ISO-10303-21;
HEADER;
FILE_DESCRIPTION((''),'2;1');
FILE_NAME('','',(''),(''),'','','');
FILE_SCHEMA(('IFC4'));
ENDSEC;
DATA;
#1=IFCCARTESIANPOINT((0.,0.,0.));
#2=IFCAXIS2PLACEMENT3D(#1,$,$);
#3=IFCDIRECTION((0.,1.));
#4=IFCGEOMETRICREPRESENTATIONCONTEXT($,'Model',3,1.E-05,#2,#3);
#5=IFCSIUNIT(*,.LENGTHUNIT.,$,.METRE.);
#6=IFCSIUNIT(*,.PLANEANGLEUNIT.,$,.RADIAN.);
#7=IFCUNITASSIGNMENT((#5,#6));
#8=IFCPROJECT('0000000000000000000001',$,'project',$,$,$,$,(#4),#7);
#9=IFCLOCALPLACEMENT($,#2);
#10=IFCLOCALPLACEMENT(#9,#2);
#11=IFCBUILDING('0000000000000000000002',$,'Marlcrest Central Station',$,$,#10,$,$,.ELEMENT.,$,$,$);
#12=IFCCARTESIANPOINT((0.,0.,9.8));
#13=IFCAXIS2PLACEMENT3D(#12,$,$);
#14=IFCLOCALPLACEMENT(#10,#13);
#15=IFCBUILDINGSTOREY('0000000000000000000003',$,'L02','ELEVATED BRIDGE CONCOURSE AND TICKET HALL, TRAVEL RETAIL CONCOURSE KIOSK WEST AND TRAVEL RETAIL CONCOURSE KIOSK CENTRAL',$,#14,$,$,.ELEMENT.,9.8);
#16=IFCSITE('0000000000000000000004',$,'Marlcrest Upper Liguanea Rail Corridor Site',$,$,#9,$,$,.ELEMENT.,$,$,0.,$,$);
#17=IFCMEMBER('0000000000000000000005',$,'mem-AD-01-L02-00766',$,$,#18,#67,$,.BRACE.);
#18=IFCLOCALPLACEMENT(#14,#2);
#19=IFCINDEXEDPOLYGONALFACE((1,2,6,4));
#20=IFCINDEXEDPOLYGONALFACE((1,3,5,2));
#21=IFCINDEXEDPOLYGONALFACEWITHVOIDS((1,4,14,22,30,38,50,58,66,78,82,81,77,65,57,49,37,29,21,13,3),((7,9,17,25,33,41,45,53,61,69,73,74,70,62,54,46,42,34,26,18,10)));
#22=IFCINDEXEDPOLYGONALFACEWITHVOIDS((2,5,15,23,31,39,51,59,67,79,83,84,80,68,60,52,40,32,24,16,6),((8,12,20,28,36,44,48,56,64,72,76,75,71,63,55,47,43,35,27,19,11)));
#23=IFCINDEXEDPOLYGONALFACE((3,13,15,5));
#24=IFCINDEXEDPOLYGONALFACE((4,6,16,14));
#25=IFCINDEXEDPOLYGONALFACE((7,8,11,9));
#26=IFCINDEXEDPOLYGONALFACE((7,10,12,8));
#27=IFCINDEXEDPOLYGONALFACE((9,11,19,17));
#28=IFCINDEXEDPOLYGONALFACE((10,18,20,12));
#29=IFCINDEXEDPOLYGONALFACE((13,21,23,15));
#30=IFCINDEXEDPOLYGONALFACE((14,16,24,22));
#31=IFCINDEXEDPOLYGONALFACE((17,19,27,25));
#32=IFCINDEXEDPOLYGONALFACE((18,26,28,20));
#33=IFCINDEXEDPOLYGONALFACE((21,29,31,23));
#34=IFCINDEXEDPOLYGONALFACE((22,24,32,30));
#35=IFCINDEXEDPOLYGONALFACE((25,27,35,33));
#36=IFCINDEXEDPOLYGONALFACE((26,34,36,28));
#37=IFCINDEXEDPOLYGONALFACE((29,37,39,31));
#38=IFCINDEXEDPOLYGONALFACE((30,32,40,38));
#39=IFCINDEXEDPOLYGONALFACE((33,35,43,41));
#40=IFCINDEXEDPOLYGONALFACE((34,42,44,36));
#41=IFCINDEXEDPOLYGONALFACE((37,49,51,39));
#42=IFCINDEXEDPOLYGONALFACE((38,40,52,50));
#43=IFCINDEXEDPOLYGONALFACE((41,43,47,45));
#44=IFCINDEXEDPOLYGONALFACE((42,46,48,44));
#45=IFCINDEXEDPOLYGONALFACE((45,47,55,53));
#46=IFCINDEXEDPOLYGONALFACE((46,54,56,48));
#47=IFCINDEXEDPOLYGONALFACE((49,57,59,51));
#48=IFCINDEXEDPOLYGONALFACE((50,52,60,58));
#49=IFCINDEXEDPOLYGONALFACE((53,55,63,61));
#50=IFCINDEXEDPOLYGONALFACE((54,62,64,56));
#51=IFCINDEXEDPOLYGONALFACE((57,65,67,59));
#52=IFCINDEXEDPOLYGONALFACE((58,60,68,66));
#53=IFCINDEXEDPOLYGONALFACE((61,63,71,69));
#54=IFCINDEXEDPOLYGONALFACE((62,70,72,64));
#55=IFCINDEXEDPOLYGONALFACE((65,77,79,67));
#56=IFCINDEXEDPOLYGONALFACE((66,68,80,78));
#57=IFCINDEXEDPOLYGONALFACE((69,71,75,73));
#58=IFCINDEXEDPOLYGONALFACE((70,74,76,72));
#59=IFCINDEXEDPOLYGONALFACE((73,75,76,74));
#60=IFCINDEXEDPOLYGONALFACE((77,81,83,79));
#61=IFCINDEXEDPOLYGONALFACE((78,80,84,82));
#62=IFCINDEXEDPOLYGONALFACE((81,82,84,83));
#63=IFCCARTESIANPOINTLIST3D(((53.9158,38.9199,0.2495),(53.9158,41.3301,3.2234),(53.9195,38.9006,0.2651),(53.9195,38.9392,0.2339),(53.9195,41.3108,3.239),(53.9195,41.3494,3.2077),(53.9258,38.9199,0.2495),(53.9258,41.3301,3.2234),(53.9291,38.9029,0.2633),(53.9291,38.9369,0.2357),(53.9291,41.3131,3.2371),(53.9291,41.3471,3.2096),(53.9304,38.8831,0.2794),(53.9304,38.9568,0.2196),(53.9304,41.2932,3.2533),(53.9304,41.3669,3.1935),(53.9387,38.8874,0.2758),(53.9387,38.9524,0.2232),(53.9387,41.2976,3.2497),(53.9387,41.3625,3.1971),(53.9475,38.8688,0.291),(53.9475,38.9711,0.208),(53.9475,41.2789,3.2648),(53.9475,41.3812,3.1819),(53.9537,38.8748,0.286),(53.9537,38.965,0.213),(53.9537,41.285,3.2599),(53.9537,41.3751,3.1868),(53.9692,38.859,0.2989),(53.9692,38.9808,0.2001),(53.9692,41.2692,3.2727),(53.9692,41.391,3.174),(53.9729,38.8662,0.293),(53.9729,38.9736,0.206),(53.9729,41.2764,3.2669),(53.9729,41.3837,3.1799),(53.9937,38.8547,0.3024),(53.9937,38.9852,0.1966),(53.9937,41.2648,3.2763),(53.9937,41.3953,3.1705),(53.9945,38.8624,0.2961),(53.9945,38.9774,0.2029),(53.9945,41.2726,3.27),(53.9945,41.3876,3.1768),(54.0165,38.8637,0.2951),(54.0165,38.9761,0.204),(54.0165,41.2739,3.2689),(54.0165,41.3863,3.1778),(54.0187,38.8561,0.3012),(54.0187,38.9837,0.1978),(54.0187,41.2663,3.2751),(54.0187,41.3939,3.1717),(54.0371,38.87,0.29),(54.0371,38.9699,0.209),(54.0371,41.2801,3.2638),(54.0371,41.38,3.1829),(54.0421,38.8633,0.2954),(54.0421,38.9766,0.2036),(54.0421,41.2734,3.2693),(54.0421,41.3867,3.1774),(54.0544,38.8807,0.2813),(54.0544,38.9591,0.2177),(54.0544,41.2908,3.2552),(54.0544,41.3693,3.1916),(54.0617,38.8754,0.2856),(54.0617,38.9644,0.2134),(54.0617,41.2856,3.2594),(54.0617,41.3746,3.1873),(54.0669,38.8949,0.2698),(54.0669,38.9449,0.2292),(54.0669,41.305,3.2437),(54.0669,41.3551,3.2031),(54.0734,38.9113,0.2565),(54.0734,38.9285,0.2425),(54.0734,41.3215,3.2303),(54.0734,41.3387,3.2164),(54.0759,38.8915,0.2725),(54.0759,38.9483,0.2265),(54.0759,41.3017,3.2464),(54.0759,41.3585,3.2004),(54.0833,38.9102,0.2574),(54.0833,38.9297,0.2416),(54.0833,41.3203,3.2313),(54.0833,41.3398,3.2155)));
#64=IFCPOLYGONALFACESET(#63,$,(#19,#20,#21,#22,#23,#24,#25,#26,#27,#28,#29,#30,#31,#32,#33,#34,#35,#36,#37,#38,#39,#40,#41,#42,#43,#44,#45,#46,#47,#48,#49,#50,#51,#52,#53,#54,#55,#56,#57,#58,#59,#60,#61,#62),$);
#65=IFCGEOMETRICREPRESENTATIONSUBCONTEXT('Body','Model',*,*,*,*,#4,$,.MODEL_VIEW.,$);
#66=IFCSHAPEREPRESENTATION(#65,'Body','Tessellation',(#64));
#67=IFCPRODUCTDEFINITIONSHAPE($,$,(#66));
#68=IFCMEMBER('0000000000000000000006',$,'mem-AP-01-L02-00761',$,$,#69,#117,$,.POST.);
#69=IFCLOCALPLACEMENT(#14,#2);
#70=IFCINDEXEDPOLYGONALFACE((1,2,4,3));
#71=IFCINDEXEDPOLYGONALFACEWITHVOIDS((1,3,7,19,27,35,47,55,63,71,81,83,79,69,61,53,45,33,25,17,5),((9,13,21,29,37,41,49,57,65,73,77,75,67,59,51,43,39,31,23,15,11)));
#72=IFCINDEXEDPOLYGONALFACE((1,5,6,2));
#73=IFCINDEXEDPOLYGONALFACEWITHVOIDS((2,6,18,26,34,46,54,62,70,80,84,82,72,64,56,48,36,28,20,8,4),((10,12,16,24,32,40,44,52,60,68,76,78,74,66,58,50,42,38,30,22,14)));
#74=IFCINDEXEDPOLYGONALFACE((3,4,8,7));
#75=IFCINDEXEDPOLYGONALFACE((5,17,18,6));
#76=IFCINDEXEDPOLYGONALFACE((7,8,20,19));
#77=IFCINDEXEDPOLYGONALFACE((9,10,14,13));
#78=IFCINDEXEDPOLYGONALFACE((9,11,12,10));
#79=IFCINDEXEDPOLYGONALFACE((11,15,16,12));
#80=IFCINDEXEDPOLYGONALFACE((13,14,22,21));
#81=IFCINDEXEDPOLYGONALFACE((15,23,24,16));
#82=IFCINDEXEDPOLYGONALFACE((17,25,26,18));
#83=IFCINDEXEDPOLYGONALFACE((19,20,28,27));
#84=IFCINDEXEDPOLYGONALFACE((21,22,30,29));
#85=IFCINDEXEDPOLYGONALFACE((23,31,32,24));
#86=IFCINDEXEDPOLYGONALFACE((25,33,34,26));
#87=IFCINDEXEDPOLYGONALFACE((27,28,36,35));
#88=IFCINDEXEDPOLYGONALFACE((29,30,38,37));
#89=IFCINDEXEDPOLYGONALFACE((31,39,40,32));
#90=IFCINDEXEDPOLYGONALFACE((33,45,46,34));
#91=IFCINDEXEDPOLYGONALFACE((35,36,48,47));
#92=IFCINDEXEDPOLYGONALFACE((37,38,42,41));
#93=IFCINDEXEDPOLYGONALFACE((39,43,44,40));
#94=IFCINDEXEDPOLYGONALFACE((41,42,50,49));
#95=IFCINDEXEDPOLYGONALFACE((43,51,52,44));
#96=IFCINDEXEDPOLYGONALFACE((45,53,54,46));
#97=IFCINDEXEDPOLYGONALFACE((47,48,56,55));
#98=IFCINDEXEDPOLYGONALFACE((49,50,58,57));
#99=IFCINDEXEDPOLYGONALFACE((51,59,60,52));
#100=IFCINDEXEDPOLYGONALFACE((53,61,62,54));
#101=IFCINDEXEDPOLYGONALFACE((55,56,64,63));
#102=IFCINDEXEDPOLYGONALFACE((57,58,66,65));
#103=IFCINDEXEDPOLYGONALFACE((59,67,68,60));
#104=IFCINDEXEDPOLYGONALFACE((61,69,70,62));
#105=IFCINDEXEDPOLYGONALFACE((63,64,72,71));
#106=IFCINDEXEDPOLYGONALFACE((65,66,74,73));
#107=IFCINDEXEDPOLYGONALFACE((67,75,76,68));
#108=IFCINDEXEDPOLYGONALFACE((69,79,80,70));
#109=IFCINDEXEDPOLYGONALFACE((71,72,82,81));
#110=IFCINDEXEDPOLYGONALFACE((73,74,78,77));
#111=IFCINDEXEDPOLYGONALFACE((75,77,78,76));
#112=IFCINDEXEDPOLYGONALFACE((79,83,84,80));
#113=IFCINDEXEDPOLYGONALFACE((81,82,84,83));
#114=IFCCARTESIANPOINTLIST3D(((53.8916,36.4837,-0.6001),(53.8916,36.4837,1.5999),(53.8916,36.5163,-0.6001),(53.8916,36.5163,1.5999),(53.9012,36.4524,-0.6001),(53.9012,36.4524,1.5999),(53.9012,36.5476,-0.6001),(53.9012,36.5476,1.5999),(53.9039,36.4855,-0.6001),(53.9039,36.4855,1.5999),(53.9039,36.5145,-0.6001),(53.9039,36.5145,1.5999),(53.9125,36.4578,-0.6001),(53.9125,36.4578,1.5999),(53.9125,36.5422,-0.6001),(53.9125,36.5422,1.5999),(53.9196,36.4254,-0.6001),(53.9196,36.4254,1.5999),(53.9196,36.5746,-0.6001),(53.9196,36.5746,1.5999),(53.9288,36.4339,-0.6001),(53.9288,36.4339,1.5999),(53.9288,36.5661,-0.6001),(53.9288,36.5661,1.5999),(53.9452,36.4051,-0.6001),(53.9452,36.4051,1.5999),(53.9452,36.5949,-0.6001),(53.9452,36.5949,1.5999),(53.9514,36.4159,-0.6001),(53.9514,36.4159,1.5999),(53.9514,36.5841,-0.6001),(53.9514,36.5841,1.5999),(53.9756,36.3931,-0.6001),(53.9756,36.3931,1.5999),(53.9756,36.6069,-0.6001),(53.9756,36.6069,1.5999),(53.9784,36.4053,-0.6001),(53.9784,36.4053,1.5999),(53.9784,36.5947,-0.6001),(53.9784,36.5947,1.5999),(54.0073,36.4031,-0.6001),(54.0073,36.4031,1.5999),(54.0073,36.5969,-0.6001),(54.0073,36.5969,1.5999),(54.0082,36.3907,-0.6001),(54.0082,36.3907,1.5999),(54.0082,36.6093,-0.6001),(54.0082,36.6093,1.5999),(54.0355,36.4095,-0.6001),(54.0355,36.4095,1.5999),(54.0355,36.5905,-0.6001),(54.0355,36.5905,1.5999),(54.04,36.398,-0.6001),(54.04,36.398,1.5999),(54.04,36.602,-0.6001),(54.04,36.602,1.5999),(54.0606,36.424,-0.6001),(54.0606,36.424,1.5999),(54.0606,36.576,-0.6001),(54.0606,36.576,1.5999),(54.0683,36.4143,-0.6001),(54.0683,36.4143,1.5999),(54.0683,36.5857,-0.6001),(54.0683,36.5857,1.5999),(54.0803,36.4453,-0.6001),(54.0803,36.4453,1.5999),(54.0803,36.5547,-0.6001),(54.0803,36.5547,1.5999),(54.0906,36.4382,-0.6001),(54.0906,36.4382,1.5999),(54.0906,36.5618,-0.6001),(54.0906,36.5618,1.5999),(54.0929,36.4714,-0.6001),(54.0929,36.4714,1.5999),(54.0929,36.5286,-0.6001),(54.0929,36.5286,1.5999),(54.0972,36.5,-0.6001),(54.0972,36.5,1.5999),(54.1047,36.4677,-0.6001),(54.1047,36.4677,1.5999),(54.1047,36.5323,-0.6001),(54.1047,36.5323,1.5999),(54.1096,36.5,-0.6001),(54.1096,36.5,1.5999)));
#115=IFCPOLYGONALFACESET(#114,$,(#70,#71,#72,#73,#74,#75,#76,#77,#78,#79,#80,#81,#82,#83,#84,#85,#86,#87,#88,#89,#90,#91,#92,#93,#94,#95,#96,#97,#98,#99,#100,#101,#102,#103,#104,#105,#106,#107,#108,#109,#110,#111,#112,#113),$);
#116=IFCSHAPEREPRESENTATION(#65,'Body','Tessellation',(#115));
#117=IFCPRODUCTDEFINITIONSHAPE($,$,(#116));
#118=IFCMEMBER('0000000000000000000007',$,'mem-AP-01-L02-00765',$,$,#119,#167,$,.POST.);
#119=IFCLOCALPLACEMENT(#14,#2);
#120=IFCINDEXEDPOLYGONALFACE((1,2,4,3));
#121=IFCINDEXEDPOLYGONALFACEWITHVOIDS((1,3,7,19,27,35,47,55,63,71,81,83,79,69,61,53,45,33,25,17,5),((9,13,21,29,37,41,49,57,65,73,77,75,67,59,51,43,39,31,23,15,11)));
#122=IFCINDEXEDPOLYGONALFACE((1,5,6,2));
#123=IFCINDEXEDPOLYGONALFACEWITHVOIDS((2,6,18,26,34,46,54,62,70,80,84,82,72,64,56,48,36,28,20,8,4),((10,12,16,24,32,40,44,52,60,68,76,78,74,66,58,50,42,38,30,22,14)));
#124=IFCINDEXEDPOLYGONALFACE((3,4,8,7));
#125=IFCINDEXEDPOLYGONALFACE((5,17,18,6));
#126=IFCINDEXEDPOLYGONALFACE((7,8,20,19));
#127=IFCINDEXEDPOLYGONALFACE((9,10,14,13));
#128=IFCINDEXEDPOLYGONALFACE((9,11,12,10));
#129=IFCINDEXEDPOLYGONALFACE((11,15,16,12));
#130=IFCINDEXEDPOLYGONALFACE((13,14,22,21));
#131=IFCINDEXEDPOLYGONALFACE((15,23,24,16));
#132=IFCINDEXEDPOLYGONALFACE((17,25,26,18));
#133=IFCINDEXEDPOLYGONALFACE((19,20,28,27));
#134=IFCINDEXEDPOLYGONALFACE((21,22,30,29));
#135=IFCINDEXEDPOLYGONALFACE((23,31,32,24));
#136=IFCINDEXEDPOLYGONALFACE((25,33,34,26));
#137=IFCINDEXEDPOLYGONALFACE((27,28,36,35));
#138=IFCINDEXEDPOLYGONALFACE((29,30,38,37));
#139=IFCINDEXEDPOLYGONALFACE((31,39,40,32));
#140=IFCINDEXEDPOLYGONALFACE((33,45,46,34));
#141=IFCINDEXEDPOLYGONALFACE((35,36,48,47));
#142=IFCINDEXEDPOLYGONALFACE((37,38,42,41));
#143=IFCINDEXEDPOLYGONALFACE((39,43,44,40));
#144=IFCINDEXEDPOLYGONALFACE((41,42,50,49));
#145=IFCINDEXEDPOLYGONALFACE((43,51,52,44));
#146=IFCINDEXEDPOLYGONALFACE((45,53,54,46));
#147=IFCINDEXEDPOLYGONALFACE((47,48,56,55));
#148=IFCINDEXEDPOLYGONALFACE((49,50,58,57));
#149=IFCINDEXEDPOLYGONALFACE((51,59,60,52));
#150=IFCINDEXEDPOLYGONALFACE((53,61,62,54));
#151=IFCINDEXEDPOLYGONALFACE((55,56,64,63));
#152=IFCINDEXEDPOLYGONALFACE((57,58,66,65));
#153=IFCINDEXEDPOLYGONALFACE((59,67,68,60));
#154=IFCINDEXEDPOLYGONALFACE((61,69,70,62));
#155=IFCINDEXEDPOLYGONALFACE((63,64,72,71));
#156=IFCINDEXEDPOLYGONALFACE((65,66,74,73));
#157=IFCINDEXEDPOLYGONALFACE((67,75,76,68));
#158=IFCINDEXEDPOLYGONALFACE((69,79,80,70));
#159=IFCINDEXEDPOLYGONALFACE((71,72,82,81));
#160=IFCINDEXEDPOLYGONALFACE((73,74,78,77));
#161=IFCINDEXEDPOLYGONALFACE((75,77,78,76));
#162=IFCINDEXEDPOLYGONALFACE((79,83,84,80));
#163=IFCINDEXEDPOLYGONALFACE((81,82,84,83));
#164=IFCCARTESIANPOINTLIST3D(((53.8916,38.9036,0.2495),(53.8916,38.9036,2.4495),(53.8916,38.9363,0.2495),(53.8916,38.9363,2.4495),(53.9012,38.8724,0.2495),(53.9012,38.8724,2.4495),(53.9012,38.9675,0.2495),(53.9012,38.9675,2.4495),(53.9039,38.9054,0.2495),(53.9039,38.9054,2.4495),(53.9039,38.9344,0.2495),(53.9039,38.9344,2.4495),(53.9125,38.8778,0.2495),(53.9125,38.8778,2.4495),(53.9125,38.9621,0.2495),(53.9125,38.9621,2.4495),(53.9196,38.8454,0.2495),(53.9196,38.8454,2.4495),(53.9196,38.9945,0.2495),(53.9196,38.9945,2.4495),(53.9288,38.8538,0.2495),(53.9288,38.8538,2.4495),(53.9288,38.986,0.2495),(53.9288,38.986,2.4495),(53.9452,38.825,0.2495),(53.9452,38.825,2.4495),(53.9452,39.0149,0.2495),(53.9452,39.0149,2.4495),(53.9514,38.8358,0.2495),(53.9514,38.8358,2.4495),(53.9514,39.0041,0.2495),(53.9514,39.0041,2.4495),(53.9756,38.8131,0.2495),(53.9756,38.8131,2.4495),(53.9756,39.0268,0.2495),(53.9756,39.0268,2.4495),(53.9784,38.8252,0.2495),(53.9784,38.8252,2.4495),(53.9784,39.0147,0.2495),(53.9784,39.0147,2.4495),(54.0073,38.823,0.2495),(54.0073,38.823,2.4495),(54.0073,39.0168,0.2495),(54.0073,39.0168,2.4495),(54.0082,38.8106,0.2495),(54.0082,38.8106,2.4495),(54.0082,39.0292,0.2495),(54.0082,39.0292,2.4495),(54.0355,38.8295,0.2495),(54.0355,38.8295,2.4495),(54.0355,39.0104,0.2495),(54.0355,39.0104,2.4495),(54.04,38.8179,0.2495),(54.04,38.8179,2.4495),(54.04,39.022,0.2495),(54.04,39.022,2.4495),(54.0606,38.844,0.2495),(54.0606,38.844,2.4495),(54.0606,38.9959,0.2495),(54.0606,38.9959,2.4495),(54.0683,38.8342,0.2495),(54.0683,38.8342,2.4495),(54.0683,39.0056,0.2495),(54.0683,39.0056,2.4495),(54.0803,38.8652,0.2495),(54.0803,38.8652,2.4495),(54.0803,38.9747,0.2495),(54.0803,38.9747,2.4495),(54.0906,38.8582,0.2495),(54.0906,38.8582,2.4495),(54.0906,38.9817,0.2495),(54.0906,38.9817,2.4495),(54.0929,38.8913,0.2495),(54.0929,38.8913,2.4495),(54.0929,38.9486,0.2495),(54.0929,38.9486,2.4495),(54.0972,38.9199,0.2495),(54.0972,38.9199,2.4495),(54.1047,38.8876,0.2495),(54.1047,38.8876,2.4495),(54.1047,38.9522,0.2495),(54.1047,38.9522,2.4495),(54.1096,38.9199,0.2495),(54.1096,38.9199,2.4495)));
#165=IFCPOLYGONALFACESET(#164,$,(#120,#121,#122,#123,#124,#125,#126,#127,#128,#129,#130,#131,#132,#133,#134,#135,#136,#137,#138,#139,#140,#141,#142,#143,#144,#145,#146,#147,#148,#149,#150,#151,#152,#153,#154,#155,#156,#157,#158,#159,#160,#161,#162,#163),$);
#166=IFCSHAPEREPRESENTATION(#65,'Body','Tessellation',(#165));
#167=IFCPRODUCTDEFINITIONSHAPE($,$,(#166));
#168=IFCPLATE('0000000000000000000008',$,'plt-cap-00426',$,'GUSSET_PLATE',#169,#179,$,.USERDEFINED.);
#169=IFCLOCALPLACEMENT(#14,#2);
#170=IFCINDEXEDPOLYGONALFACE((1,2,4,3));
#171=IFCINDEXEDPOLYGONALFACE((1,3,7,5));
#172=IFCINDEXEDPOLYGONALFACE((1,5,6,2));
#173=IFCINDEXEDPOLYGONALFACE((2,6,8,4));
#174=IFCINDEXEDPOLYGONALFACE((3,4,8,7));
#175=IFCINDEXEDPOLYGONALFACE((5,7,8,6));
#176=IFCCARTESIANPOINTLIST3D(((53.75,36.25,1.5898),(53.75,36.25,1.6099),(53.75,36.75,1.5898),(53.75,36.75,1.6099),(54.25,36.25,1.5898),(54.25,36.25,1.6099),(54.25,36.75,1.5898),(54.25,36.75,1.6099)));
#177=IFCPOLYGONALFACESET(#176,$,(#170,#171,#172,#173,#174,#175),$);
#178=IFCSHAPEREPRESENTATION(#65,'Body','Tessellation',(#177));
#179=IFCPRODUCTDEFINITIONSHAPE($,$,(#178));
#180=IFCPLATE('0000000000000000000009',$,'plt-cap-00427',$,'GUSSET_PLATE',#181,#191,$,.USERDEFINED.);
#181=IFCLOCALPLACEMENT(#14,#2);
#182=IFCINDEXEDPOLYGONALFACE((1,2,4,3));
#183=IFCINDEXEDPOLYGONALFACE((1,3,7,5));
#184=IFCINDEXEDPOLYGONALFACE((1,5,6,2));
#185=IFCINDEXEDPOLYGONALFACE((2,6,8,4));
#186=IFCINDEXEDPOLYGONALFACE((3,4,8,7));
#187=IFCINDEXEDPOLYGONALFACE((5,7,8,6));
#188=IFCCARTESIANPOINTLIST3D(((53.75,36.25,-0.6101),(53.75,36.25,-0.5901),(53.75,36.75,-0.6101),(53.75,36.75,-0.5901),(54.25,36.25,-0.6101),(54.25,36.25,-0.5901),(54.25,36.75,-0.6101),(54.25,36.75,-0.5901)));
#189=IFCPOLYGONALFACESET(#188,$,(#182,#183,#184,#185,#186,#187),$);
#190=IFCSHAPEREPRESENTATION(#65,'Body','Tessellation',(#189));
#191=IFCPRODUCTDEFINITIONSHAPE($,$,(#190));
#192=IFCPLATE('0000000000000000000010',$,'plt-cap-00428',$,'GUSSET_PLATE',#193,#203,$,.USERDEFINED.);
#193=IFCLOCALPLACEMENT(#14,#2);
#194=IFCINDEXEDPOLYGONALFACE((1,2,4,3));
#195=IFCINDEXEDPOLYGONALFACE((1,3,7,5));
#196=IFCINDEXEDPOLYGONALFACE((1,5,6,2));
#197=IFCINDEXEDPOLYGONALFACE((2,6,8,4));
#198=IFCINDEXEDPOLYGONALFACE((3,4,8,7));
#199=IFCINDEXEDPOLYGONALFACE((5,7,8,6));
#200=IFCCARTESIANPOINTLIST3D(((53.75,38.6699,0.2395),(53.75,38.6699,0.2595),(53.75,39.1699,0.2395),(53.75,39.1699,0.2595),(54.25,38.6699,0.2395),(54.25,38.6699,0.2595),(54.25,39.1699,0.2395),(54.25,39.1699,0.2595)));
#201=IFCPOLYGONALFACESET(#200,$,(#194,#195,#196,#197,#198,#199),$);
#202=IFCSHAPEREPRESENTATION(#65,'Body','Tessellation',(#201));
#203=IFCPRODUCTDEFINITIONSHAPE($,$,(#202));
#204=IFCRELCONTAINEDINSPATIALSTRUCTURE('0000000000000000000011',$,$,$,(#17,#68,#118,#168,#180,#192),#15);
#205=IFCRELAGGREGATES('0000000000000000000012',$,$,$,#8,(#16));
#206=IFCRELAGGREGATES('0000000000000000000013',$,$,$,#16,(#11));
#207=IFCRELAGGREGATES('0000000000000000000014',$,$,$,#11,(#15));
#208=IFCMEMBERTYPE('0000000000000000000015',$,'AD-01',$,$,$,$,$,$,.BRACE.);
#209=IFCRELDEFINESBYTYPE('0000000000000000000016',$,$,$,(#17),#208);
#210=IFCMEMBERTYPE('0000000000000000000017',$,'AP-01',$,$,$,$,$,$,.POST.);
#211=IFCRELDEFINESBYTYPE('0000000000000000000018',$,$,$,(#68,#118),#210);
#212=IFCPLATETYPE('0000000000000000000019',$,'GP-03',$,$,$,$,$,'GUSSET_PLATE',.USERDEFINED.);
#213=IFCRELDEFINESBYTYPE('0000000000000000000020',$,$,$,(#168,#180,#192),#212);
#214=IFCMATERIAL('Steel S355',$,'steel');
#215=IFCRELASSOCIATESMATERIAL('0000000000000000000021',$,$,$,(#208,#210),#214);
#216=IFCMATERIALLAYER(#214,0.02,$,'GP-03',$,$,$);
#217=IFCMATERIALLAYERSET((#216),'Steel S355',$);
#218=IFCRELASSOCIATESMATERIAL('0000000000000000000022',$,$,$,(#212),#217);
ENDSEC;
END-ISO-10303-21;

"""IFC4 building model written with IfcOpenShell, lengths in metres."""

from ifc_helpers import new_model, si_unit, direction, frame, origin, origin_2d, place, context, subcontext, project, spatial, rectangle, hollow_circle, extrude, material, layer, layer_set, material_profile, profile_set, type_object, element, save


model = new_model("IFC4")

# Units and contexts
model_context = context("Model", 3, precision=1e-05, world=origin(), true_north=direction((0.0, 1.0)))
body_context = subcontext(model_context, "Body", "Model", "MODEL_VIEW")
ifc_project = project(units=[si_unit("LENGTHUNIT", "METRE"), si_unit("PLANEANGLEUNIT", "RADIAN")], contexts=[model_context])

# Site, building, storey
site_placement = place(None, origin())
site = spatial("IfcSite", under=ifc_project, at=site_placement, Name="Marlcrest Upper Liguanea Rail Corridor Site", CompositionType="ELEMENT", RefElevation=0.0)
building_placement = place(site_placement, origin())
building = spatial("IfcBuilding", under=site, at=building_placement, Name="Marlcrest Central Station", CompositionType="ELEMENT")
storey_placement = place(building_placement, frame((0.0, 0.0, 9.8)))
storey = spatial("IfcBuildingStorey", under=building, at=storey_placement, Name="L02", Description="ELEVATED BRIDGE CONCOURSE AND TICKET HALL, TRAVEL RETAIL CONCOURSE KIOSK WEST AND TRAVEL RETAIL CONCOURSE KIOSK CENTRAL", CompositionType="ELEMENT", Elevation=9.8)

# Members
ifc_material_1 = material(Name="Steel S355", Category="steel")
ifc_material_profile_1 = material_profile(ifc_material_1, hollow_circle(Radius=0.0842, WallThickness=0.01, at=origin_2d()), Name="CHS 168.3x10")
ifc_profile_set_1 = profile_set([ifc_material_profile_1], Name="Steel S355")
member_type_1 = type_object("IfcMemberType", Name="AD-01", PredefinedType="BRACE", material=ifc_profile_set_1)
member_1_placement = place(storey_placement, frame((54.0, 38.9199, 0.2495), z_axis=(0.0, 0.629629, 0.776896), x_axis=(-1.0, 0.0, 0.0)))
element("IfcMember", 1, at=member_1_placement, inside=storey, type_object=member_type_1, Name="mem-AD-01-L02-00766", PredefinedType="BRACE", context=body_context, shape_type="SweptSolid", body=[
    extrude(hollow_circle(Radius=0.0842, WallThickness=0.01, at=origin_2d()), origin(), (0.0, 0.0, 1.0), 3.8279),
])
ifc_material_profile_2 = material_profile(ifc_material_1, hollow_circle(Radius=0.1096, WallThickness=0.0125, at=origin_2d()), Name="CHS 219.1x12.5")
ifc_profile_set_2 = profile_set([ifc_material_profile_2], Name="Steel S355")
member_type_2 = type_object("IfcMemberType", Name="AP-01", PredefinedType="POST", material=ifc_profile_set_2)
for number, where, z_axis, x_axis, name in (
    (2, (54.0, 36.5, -0.6001), (0.0, 0.0, 1.0), (1.0, 0.0, 0.0), "mem-AP-01-L02-00761"),
    (3, (54.0, 38.9199, 0.2495), (0.0, 0.0, 1.0), (1.0, 0.0, 0.0), "mem-AP-01-L02-00765"),
):
    element("IfcMember", number, at=place(storey_placement, frame(where, z_axis=z_axis, x_axis=x_axis)), inside=storey, type_object=member_type_2, Name=name, PredefinedType="POST", context=body_context, shape_type="SweptSolid", body=[
        extrude(hollow_circle(Radius=0.1096, WallThickness=0.0125, at=origin_2d()), origin(), (0.0, 0.0, 1.0), 2.2),
    ])

# Plates
ifc_layer_1 = layer(ifc_material_1, 0.02, Name="GP-03")
ifc_layer_set_1 = layer_set([ifc_layer_1], Name="Steel S355")
plate_type = type_object("IfcPlateType", Name="GP-03", ElementType="GUSSET_PLATE", PredefinedType="USERDEFINED", material=ifc_layer_set_1)
for number, where, z_axis, x_axis, name in (
    (4, (54.0, 36.5, 1.5898), (0.0, 0.0, 1.0), (1.0, 0.0, 0.0), "plt-cap-00426"),
    (5, (54.0, 36.5, -0.6101), (0.0, 0.0, 1.0), (1.0, 0.0, 0.0), "plt-cap-00427"),
    (6, (54.0, 38.9199, 0.2395), (0.0, 0.0, 1.0), (1.0, 0.0, 0.0), "plt-cap-00428"),
):
    element("IfcPlate", number, at=place(storey_placement, frame(where, z_axis=z_axis, x_axis=x_axis)), inside=storey, type_object=plate_type, Name=name, ObjectType="GUSSET_PLATE", PredefinedType="USERDEFINED", context=body_context, shape_type="SweptSolid", body=[
        extrude(rectangle(XDim=0.5, YDim=0.5, at=origin_2d()), origin(), (0.0, 0.0, 1.0), 0.02),
    ])

save(model, "model.ifc")
